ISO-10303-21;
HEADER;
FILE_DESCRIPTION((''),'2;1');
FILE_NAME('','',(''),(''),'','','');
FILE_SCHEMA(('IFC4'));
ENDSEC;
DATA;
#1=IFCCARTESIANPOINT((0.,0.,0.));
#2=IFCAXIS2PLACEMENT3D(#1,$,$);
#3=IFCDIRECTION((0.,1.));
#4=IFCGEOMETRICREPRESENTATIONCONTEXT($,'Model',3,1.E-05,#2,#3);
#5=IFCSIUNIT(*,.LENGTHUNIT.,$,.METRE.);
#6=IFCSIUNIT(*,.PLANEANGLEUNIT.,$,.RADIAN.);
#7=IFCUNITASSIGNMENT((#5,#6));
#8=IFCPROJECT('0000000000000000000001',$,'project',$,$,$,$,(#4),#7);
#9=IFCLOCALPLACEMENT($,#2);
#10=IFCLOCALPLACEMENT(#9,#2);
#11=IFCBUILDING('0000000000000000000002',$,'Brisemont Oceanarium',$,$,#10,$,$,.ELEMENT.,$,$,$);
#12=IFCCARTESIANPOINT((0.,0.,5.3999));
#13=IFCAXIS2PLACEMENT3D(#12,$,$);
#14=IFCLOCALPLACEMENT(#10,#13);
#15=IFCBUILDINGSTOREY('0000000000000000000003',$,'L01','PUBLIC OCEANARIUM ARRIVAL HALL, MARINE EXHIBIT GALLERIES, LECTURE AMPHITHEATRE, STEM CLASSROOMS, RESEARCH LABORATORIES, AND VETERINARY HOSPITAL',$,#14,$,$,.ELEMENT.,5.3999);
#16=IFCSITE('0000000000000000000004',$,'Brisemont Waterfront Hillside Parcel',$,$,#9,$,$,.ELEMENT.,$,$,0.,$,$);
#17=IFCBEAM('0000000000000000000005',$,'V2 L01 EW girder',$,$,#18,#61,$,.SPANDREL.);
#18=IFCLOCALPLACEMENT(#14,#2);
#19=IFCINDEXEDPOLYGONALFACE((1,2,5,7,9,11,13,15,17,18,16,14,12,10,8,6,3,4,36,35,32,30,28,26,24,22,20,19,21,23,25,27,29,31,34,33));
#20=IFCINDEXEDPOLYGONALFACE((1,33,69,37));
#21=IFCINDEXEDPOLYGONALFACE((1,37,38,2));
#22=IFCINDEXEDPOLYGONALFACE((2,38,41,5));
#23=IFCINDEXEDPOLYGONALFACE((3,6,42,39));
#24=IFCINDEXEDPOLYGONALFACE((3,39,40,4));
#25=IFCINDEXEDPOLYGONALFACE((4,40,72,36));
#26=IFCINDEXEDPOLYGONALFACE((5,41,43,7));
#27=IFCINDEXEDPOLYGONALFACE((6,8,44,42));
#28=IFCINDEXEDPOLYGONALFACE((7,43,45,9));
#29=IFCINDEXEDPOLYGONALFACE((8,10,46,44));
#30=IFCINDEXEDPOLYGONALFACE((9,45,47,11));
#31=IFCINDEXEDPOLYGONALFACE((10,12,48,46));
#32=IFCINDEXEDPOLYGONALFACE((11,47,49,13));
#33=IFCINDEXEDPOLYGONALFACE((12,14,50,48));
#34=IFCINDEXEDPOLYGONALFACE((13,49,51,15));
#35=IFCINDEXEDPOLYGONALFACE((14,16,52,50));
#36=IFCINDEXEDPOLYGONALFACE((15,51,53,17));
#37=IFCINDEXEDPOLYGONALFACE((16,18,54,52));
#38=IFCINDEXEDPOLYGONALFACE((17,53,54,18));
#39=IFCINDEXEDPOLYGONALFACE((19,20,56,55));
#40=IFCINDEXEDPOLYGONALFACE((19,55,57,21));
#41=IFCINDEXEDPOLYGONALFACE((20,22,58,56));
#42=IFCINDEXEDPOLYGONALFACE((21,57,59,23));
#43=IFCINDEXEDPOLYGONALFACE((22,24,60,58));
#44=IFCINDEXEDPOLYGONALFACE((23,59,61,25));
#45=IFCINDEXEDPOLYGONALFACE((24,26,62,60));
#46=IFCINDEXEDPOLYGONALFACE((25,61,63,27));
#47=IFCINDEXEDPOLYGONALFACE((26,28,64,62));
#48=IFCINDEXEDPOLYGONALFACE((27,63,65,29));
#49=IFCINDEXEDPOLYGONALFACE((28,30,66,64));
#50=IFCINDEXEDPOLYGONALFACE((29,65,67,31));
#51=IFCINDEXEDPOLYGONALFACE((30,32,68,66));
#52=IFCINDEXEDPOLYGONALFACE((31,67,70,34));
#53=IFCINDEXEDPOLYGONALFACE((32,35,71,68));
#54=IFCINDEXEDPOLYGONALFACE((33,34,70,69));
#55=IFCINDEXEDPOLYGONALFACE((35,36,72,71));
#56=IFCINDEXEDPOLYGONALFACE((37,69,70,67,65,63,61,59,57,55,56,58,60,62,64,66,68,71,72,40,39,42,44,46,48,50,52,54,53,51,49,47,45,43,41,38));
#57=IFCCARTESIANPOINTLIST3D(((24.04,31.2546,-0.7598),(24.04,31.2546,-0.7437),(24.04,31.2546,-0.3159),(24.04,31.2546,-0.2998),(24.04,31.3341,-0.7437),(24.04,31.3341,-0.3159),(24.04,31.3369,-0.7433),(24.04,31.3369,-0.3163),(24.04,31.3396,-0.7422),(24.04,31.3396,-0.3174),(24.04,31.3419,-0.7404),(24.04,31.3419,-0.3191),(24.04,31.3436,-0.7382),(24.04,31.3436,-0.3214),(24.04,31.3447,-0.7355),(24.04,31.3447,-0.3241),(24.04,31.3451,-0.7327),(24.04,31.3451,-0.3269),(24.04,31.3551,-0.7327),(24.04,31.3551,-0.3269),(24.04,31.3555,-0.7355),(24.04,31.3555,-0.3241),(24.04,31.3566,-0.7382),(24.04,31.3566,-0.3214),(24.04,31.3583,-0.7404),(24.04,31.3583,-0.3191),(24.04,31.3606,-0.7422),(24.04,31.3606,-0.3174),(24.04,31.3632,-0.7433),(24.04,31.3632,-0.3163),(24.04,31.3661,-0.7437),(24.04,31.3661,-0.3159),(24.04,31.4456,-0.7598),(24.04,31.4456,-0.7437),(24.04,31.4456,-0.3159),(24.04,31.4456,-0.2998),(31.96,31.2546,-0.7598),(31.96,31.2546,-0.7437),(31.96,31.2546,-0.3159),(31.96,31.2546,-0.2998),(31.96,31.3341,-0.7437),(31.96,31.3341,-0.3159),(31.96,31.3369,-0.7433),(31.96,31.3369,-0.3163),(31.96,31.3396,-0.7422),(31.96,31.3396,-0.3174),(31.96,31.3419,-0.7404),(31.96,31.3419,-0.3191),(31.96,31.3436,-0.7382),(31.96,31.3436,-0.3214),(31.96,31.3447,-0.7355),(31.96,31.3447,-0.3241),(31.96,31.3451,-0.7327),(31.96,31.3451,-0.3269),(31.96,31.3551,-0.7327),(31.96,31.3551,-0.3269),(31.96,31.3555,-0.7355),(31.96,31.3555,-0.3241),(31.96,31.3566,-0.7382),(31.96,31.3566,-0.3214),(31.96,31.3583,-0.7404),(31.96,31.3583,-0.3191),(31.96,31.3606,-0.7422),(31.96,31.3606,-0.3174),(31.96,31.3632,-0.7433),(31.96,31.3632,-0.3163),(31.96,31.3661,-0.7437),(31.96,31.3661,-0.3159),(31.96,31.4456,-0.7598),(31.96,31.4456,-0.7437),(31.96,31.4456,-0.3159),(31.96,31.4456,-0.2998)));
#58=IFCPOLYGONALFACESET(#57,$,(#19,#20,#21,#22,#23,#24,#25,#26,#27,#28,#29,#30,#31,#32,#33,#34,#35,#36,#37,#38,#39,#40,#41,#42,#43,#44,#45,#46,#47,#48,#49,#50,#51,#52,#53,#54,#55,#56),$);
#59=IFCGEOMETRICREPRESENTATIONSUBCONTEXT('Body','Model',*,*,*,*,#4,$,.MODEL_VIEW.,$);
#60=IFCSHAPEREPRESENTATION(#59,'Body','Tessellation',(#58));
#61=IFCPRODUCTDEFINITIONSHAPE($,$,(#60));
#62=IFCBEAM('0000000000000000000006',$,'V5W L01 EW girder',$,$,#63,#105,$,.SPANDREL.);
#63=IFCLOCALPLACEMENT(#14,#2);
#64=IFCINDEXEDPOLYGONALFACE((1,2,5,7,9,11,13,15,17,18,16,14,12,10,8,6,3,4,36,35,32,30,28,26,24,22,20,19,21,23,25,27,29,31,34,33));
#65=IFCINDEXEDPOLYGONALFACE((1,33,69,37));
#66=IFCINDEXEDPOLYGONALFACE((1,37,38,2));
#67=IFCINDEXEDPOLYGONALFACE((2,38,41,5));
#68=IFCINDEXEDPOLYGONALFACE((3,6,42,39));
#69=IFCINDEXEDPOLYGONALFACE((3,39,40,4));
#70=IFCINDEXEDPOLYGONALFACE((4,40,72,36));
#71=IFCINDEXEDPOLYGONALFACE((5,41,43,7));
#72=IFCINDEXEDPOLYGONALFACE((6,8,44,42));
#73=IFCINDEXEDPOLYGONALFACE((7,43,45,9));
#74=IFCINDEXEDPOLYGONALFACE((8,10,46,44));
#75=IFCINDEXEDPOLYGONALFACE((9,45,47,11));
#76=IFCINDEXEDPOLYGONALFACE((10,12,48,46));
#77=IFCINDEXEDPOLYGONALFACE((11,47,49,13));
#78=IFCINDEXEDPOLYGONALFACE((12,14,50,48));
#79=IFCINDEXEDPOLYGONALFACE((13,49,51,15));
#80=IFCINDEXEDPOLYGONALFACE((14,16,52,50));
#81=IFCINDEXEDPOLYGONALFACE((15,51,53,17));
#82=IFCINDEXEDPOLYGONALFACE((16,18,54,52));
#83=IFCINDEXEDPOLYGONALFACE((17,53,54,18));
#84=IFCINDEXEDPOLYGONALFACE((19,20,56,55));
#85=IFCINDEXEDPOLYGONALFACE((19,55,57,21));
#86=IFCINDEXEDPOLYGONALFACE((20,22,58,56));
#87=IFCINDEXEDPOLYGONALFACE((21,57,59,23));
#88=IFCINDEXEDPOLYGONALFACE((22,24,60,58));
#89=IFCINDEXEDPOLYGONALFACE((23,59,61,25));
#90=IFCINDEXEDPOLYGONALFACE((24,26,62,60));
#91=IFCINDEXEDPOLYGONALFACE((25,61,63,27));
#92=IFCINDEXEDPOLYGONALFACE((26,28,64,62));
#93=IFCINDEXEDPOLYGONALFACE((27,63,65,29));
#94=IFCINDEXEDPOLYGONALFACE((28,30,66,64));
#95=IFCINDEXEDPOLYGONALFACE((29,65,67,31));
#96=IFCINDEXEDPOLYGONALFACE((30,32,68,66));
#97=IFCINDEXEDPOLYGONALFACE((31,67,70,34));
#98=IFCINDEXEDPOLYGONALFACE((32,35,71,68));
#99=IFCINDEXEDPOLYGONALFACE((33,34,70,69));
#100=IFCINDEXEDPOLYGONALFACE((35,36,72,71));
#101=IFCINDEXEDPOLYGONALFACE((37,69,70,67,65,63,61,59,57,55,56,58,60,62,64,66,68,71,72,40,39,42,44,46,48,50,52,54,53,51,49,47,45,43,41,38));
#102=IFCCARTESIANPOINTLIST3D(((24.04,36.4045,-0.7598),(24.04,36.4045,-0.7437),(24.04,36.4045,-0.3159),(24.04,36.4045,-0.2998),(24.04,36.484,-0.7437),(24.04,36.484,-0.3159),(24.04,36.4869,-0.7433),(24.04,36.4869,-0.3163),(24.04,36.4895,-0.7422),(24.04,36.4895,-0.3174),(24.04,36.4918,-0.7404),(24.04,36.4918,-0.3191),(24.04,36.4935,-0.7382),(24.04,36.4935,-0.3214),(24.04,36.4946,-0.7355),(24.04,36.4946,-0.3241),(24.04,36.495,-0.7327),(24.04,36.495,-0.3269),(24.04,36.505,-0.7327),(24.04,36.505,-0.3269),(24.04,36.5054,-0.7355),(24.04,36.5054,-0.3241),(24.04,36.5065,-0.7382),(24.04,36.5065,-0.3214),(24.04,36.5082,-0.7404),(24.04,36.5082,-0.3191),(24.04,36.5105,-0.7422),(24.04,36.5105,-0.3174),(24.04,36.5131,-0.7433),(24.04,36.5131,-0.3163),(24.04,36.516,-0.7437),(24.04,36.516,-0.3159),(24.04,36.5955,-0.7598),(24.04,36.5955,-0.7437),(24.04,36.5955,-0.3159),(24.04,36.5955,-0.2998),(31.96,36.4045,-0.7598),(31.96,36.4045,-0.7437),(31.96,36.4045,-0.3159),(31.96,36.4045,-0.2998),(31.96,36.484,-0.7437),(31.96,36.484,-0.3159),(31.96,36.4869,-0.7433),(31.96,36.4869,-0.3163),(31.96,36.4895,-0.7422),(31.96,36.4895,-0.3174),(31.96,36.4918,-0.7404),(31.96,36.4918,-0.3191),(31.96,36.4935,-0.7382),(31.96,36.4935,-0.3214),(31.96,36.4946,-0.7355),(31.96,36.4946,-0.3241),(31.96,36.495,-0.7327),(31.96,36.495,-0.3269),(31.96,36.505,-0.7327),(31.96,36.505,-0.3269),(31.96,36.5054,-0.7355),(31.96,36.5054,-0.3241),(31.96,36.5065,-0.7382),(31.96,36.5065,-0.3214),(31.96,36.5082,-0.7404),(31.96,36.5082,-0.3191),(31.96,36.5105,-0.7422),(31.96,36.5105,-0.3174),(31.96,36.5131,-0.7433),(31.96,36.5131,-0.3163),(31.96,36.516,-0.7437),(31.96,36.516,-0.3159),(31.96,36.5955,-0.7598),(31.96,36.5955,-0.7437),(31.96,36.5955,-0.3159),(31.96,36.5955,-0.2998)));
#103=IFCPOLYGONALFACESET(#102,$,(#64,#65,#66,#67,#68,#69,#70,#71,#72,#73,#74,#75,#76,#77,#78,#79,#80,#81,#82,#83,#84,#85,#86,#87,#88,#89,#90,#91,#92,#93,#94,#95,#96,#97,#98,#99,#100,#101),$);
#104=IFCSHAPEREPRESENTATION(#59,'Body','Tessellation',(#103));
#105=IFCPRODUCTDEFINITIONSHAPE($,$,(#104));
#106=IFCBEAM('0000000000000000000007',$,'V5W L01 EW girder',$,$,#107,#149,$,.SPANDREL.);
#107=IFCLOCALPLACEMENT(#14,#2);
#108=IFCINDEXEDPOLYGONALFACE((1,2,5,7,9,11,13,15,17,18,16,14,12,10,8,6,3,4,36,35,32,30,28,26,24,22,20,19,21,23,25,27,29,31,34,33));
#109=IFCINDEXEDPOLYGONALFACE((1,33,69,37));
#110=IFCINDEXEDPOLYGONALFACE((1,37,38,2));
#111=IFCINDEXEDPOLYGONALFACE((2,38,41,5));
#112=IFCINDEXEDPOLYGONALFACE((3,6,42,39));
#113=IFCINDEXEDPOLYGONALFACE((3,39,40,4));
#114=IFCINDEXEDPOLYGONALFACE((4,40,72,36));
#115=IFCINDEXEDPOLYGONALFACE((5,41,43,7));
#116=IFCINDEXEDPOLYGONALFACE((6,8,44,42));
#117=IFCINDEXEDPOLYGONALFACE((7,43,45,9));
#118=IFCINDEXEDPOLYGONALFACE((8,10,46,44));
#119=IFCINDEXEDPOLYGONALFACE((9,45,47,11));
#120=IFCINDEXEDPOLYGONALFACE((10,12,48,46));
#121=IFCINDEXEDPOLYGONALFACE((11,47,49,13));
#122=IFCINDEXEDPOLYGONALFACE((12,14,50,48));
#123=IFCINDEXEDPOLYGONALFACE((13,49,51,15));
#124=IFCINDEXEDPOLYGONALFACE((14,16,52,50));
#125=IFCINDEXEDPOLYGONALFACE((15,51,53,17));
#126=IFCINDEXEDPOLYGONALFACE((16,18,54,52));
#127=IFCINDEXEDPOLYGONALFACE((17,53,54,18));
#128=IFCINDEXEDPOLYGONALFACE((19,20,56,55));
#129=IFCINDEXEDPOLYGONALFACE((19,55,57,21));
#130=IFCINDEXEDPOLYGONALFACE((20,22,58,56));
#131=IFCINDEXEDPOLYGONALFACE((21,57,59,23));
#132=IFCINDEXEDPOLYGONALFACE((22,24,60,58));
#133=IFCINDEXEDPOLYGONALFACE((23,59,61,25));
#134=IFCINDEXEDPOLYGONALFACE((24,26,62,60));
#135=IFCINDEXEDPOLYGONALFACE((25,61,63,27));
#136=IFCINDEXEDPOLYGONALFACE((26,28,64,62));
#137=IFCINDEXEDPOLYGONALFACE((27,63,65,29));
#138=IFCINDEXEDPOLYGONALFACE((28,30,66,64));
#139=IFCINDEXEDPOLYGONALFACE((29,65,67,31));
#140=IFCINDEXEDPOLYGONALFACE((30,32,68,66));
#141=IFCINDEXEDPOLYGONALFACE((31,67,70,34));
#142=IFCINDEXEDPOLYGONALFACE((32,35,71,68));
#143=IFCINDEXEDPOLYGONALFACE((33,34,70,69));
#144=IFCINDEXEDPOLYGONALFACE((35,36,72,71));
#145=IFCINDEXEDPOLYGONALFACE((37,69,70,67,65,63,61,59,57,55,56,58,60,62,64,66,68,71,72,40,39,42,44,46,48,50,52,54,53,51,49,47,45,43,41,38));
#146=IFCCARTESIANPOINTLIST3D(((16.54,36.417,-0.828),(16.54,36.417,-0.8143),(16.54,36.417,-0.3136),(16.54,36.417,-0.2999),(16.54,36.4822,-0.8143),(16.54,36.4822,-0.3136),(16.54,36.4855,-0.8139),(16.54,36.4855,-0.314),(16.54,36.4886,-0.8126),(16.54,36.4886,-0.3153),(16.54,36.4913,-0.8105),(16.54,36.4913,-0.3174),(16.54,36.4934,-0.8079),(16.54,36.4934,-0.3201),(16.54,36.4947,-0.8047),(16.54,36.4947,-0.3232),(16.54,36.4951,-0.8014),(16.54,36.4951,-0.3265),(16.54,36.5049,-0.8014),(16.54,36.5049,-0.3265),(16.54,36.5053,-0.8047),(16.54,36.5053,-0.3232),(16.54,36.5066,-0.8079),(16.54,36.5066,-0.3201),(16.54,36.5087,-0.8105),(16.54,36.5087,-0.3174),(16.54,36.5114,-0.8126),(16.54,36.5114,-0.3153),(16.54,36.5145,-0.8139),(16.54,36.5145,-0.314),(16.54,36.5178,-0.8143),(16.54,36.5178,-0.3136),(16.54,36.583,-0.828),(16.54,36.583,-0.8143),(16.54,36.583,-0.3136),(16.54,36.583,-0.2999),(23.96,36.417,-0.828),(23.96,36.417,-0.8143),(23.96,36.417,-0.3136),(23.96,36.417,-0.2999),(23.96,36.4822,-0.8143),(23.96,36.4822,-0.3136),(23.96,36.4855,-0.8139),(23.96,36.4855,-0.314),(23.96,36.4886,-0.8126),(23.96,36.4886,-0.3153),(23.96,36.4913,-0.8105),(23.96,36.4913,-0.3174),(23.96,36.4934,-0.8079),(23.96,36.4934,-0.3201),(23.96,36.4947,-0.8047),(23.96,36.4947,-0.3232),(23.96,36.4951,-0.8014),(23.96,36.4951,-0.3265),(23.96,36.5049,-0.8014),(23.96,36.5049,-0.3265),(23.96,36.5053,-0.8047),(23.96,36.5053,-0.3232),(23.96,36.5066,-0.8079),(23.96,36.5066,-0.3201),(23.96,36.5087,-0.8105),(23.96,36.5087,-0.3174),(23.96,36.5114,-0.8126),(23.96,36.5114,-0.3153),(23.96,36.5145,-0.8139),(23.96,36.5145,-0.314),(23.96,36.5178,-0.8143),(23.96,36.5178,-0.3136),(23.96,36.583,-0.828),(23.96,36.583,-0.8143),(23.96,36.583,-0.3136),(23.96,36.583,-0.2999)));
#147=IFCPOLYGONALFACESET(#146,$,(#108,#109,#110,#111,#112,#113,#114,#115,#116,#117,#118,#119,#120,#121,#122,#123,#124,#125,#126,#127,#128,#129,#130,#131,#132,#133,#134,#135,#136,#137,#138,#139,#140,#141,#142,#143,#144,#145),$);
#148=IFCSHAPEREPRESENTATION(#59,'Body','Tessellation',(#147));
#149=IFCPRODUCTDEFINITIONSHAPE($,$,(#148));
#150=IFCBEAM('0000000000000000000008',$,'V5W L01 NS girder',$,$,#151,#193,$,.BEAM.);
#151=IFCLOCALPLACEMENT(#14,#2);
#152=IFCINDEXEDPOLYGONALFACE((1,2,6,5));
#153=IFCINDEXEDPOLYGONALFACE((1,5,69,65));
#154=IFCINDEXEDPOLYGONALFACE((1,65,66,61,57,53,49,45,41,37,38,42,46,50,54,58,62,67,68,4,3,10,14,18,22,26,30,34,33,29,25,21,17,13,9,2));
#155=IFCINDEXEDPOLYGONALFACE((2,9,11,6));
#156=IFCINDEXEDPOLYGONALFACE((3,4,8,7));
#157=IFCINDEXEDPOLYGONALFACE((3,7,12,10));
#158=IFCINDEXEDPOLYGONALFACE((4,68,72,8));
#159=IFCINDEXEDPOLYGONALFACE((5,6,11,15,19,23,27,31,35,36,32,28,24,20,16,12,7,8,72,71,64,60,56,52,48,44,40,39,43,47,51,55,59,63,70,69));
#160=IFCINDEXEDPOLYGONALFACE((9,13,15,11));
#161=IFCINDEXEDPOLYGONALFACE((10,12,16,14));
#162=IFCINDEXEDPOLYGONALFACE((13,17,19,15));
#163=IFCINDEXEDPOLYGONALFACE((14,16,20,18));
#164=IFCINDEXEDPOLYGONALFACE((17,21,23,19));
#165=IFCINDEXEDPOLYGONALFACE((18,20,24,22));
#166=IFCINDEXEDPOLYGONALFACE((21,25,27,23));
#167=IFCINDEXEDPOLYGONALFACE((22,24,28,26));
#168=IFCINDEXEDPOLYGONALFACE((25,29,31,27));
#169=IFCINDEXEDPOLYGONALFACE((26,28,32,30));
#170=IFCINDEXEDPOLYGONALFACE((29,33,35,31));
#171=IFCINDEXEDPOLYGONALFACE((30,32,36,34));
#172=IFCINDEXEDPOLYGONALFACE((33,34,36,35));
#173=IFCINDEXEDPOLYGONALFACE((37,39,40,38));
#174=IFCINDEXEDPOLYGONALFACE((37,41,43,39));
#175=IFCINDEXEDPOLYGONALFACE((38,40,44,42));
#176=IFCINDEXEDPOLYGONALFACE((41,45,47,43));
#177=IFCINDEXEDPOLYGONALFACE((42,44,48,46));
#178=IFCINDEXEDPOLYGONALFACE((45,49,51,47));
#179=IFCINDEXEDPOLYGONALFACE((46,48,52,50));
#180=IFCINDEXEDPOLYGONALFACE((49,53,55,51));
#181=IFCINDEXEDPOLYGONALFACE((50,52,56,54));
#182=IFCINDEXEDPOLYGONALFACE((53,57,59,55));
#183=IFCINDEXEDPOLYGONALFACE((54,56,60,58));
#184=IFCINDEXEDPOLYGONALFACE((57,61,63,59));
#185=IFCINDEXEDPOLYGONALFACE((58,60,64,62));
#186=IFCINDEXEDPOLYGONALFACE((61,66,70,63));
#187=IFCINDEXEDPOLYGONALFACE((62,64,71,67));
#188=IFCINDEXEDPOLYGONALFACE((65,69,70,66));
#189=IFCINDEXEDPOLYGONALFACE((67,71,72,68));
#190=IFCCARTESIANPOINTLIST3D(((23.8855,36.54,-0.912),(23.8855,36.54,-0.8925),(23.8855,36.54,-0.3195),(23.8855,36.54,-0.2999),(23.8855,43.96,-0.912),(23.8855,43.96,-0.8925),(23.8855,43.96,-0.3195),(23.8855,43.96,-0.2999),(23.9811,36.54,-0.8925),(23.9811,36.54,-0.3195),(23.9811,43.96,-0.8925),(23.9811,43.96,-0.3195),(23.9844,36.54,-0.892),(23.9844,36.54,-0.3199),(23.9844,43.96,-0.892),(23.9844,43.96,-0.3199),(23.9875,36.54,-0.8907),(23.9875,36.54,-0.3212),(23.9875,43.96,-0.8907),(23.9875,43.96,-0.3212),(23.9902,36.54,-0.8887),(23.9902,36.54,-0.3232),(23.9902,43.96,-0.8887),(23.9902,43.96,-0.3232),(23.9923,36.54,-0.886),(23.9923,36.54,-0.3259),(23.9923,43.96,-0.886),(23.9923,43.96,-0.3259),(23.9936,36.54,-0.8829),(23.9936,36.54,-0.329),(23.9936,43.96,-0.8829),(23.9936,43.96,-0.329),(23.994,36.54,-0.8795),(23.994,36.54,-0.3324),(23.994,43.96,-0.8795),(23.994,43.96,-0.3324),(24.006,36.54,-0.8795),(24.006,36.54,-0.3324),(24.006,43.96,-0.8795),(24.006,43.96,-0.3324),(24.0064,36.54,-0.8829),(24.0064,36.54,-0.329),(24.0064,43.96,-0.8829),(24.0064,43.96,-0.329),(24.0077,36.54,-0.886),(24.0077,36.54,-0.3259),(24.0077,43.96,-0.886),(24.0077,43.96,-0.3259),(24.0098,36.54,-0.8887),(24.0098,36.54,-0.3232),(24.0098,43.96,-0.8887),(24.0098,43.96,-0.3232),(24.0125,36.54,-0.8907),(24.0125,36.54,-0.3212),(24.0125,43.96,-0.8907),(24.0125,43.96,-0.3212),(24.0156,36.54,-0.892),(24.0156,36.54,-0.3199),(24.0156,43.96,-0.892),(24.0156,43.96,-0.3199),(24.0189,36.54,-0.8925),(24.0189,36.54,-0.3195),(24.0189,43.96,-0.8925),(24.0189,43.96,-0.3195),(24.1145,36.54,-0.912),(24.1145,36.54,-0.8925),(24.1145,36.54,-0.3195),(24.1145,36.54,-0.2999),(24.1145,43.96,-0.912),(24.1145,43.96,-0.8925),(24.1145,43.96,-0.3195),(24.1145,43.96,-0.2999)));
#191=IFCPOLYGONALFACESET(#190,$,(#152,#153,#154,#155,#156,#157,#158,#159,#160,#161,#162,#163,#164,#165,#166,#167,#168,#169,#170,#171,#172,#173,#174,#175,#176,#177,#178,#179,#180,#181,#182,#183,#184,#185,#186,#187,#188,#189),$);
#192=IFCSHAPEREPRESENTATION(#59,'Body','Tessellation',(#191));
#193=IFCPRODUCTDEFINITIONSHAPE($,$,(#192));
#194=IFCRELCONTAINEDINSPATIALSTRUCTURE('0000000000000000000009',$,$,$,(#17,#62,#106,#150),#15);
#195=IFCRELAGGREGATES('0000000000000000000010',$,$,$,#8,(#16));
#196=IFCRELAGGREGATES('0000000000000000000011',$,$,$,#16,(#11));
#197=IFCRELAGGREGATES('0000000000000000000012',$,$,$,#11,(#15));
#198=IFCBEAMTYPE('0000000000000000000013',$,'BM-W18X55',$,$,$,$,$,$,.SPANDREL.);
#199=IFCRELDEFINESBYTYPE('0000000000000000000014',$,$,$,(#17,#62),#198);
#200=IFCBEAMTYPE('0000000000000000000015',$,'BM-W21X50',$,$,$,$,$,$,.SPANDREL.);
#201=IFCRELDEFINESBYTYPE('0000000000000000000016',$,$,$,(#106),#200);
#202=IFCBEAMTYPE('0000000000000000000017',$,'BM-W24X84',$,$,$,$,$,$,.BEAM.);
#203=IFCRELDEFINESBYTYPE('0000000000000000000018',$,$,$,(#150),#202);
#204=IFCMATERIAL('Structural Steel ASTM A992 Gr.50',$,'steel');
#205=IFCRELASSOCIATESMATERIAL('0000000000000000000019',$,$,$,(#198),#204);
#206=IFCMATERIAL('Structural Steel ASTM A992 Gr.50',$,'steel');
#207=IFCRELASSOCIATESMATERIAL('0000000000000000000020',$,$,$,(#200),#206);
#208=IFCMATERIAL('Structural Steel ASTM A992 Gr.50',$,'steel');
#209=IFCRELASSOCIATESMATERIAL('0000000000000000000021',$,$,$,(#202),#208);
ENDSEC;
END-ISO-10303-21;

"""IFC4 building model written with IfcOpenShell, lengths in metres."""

from ifc_helpers import new_model, si_unit, direction, frame, origin, origin_2d, place, context, subcontext, project, spatial, i_section, extrude, material, material_profile, profile_set, type_object, element, save


model = new_model("IFC4")

# Units and contexts
model_context = context("Model", 3, precision=1e-05, world=origin(), true_north=direction((0.0, 1.0)))
body_context = subcontext(model_context, "Body", "Model", "MODEL_VIEW")
ifc_project = project(units=[si_unit("LENGTHUNIT", "METRE"), si_unit("PLANEANGLEUNIT", "RADIAN")], contexts=[model_context])

# Site, building, storey
site_placement = place(None, origin())
site = spatial("IfcSite", under=ifc_project, at=site_placement, Name="Brisemont Waterfront Hillside Parcel", CompositionType="ELEMENT", RefElevation=0.0)
building_placement = place(site_placement, origin())
building = spatial("IfcBuilding", under=site, at=building_placement, Name="Brisemont Oceanarium", CompositionType="ELEMENT")
storey_placement = place(building_placement, frame((0.0, 0.0, 5.3999)))
storey = spatial("IfcBuildingStorey", under=building, at=storey_placement, Name="L01", Description="PUBLIC OCEANARIUM ARRIVAL HALL, MARINE EXHIBIT GALLERIES, LECTURE AMPHITHEATRE, STEM CLASSROOMS, RESEARCH LABORATORIES, AND VETERINARY HOSPITAL", CompositionType="ELEMENT", Elevation=5.3999)

# Beams
ifc_material_1 = material(Name="Structural Steel ASTM A992 Gr.50", Category="steel")
ifc_material_profile_1 = material_profile(ifc_material_1, i_section(OverallWidth=0.1909, OverallDepth=0.46, WebThickness=0.01, FlangeThickness=0.0161, FilletRadius=0.011, at=origin_2d()), Name="W18X55")
ifc_profile_set_1 = profile_set([ifc_material_profile_1], Name="Structural Steel ASTM A992 Gr.50")
beam_type_1 = type_object("IfcBeamType", Name="BM-W18X55", PredefinedType="SPANDREL", material=ifc_profile_set_1)
for number, where, z_axis, x_axis, name in (
    (1, (24.04, 31.3501, -0.5298), (1.0, 0.0, 0.0), (0.0, 1.0, 0.0), "V2 L01 EW girder"),
    (2, (24.04, 36.5, -0.5298), (1.0, 0.0, 0.0), (0.0, 1.0, 0.0), "V5W L01 EW girder"),
):
    element("IfcBeam", number, at=place(storey_placement, frame(where, z_axis=z_axis, x_axis=x_axis)), inside=storey, type_object=beam_type_1, Name=name, PredefinedType="SPANDREL", context=body_context, shape_type="SweptSolid", body=[
        extrude(i_section(OverallWidth=0.1909, OverallDepth=0.46, WebThickness=0.01, FlangeThickness=0.0161, FilletRadius=0.011, at=origin_2d()), origin(), (0.0, 0.0, 1.0), 7.9199),
    ])
ifc_material_2 = material(Name="Structural Steel ASTM A992 Gr.50", Category="steel")
ifc_material_profile_2 = material_profile(ifc_material_2, i_section(OverallWidth=0.166, OverallDepth=0.5281, WebThickness=0.0098, FlangeThickness=0.0137, FilletRadius=0.0129, at=origin_2d()), Name="W21X50")
ifc_profile_set_2 = profile_set([ifc_material_profile_2], Name="Structural Steel ASTM A992 Gr.50")
beam_type_2 = type_object("IfcBeamType", Name="BM-W21X50", PredefinedType="SPANDREL", material=ifc_profile_set_2)
beam_1_placement = place(storey_placement, frame((16.54, 36.5, -0.564), z_axis=(1.0, 0.0, 0.0), x_axis=(0.0, 1.0, 0.0)))
element("IfcBeam", 3, at=beam_1_placement, inside=storey, type_object=beam_type_2, Name="V5W L01 EW girder", PredefinedType="SPANDREL", context=body_context, shape_type="SweptSolid", body=[
    extrude(i_section(OverallWidth=0.166, OverallDepth=0.5281, WebThickness=0.0098, FlangeThickness=0.0137, FilletRadius=0.0129, at=origin_2d()), origin(), (0.0, 0.0, 1.0), 7.4199),
])
ifc_material_3 = material(Name="Structural Steel ASTM A992 Gr.50", Category="steel")
ifc_material_profile_3 = material_profile(ifc_material_3, i_section(OverallWidth=0.229, OverallDepth=0.6121, WebThickness=0.012, FlangeThickness=0.0195, FilletRadius=0.0129, at=origin_2d()), Name="W24X84")
ifc_profile_set_3 = profile_set([ifc_material_profile_3], Name="Structural Steel ASTM A992 Gr.50")
beam_type_3 = type_object("IfcBeamType", Name="BM-W24X84", PredefinedType="BEAM", material=ifc_profile_set_3)
beam_2_placement = place(storey_placement, frame((24.0, 36.54, -0.606), z_axis=(0.0, 1.0, 0.0), x_axis=(-1.0, 0.0, 0.0)))
element("IfcBeam", 4, at=beam_2_placement, inside=storey, type_object=beam_type_3, Name="V5W L01 NS girder", PredefinedType="BEAM", context=body_context, shape_type="SweptSolid", body=[
    extrude(i_section(OverallWidth=0.229, OverallDepth=0.6121, WebThickness=0.012, FlangeThickness=0.0195, FilletRadius=0.0129, at=origin_2d()), origin(), (0.0, 0.0, 1.0), 7.4199),
])

save(model, "model.ifc")
